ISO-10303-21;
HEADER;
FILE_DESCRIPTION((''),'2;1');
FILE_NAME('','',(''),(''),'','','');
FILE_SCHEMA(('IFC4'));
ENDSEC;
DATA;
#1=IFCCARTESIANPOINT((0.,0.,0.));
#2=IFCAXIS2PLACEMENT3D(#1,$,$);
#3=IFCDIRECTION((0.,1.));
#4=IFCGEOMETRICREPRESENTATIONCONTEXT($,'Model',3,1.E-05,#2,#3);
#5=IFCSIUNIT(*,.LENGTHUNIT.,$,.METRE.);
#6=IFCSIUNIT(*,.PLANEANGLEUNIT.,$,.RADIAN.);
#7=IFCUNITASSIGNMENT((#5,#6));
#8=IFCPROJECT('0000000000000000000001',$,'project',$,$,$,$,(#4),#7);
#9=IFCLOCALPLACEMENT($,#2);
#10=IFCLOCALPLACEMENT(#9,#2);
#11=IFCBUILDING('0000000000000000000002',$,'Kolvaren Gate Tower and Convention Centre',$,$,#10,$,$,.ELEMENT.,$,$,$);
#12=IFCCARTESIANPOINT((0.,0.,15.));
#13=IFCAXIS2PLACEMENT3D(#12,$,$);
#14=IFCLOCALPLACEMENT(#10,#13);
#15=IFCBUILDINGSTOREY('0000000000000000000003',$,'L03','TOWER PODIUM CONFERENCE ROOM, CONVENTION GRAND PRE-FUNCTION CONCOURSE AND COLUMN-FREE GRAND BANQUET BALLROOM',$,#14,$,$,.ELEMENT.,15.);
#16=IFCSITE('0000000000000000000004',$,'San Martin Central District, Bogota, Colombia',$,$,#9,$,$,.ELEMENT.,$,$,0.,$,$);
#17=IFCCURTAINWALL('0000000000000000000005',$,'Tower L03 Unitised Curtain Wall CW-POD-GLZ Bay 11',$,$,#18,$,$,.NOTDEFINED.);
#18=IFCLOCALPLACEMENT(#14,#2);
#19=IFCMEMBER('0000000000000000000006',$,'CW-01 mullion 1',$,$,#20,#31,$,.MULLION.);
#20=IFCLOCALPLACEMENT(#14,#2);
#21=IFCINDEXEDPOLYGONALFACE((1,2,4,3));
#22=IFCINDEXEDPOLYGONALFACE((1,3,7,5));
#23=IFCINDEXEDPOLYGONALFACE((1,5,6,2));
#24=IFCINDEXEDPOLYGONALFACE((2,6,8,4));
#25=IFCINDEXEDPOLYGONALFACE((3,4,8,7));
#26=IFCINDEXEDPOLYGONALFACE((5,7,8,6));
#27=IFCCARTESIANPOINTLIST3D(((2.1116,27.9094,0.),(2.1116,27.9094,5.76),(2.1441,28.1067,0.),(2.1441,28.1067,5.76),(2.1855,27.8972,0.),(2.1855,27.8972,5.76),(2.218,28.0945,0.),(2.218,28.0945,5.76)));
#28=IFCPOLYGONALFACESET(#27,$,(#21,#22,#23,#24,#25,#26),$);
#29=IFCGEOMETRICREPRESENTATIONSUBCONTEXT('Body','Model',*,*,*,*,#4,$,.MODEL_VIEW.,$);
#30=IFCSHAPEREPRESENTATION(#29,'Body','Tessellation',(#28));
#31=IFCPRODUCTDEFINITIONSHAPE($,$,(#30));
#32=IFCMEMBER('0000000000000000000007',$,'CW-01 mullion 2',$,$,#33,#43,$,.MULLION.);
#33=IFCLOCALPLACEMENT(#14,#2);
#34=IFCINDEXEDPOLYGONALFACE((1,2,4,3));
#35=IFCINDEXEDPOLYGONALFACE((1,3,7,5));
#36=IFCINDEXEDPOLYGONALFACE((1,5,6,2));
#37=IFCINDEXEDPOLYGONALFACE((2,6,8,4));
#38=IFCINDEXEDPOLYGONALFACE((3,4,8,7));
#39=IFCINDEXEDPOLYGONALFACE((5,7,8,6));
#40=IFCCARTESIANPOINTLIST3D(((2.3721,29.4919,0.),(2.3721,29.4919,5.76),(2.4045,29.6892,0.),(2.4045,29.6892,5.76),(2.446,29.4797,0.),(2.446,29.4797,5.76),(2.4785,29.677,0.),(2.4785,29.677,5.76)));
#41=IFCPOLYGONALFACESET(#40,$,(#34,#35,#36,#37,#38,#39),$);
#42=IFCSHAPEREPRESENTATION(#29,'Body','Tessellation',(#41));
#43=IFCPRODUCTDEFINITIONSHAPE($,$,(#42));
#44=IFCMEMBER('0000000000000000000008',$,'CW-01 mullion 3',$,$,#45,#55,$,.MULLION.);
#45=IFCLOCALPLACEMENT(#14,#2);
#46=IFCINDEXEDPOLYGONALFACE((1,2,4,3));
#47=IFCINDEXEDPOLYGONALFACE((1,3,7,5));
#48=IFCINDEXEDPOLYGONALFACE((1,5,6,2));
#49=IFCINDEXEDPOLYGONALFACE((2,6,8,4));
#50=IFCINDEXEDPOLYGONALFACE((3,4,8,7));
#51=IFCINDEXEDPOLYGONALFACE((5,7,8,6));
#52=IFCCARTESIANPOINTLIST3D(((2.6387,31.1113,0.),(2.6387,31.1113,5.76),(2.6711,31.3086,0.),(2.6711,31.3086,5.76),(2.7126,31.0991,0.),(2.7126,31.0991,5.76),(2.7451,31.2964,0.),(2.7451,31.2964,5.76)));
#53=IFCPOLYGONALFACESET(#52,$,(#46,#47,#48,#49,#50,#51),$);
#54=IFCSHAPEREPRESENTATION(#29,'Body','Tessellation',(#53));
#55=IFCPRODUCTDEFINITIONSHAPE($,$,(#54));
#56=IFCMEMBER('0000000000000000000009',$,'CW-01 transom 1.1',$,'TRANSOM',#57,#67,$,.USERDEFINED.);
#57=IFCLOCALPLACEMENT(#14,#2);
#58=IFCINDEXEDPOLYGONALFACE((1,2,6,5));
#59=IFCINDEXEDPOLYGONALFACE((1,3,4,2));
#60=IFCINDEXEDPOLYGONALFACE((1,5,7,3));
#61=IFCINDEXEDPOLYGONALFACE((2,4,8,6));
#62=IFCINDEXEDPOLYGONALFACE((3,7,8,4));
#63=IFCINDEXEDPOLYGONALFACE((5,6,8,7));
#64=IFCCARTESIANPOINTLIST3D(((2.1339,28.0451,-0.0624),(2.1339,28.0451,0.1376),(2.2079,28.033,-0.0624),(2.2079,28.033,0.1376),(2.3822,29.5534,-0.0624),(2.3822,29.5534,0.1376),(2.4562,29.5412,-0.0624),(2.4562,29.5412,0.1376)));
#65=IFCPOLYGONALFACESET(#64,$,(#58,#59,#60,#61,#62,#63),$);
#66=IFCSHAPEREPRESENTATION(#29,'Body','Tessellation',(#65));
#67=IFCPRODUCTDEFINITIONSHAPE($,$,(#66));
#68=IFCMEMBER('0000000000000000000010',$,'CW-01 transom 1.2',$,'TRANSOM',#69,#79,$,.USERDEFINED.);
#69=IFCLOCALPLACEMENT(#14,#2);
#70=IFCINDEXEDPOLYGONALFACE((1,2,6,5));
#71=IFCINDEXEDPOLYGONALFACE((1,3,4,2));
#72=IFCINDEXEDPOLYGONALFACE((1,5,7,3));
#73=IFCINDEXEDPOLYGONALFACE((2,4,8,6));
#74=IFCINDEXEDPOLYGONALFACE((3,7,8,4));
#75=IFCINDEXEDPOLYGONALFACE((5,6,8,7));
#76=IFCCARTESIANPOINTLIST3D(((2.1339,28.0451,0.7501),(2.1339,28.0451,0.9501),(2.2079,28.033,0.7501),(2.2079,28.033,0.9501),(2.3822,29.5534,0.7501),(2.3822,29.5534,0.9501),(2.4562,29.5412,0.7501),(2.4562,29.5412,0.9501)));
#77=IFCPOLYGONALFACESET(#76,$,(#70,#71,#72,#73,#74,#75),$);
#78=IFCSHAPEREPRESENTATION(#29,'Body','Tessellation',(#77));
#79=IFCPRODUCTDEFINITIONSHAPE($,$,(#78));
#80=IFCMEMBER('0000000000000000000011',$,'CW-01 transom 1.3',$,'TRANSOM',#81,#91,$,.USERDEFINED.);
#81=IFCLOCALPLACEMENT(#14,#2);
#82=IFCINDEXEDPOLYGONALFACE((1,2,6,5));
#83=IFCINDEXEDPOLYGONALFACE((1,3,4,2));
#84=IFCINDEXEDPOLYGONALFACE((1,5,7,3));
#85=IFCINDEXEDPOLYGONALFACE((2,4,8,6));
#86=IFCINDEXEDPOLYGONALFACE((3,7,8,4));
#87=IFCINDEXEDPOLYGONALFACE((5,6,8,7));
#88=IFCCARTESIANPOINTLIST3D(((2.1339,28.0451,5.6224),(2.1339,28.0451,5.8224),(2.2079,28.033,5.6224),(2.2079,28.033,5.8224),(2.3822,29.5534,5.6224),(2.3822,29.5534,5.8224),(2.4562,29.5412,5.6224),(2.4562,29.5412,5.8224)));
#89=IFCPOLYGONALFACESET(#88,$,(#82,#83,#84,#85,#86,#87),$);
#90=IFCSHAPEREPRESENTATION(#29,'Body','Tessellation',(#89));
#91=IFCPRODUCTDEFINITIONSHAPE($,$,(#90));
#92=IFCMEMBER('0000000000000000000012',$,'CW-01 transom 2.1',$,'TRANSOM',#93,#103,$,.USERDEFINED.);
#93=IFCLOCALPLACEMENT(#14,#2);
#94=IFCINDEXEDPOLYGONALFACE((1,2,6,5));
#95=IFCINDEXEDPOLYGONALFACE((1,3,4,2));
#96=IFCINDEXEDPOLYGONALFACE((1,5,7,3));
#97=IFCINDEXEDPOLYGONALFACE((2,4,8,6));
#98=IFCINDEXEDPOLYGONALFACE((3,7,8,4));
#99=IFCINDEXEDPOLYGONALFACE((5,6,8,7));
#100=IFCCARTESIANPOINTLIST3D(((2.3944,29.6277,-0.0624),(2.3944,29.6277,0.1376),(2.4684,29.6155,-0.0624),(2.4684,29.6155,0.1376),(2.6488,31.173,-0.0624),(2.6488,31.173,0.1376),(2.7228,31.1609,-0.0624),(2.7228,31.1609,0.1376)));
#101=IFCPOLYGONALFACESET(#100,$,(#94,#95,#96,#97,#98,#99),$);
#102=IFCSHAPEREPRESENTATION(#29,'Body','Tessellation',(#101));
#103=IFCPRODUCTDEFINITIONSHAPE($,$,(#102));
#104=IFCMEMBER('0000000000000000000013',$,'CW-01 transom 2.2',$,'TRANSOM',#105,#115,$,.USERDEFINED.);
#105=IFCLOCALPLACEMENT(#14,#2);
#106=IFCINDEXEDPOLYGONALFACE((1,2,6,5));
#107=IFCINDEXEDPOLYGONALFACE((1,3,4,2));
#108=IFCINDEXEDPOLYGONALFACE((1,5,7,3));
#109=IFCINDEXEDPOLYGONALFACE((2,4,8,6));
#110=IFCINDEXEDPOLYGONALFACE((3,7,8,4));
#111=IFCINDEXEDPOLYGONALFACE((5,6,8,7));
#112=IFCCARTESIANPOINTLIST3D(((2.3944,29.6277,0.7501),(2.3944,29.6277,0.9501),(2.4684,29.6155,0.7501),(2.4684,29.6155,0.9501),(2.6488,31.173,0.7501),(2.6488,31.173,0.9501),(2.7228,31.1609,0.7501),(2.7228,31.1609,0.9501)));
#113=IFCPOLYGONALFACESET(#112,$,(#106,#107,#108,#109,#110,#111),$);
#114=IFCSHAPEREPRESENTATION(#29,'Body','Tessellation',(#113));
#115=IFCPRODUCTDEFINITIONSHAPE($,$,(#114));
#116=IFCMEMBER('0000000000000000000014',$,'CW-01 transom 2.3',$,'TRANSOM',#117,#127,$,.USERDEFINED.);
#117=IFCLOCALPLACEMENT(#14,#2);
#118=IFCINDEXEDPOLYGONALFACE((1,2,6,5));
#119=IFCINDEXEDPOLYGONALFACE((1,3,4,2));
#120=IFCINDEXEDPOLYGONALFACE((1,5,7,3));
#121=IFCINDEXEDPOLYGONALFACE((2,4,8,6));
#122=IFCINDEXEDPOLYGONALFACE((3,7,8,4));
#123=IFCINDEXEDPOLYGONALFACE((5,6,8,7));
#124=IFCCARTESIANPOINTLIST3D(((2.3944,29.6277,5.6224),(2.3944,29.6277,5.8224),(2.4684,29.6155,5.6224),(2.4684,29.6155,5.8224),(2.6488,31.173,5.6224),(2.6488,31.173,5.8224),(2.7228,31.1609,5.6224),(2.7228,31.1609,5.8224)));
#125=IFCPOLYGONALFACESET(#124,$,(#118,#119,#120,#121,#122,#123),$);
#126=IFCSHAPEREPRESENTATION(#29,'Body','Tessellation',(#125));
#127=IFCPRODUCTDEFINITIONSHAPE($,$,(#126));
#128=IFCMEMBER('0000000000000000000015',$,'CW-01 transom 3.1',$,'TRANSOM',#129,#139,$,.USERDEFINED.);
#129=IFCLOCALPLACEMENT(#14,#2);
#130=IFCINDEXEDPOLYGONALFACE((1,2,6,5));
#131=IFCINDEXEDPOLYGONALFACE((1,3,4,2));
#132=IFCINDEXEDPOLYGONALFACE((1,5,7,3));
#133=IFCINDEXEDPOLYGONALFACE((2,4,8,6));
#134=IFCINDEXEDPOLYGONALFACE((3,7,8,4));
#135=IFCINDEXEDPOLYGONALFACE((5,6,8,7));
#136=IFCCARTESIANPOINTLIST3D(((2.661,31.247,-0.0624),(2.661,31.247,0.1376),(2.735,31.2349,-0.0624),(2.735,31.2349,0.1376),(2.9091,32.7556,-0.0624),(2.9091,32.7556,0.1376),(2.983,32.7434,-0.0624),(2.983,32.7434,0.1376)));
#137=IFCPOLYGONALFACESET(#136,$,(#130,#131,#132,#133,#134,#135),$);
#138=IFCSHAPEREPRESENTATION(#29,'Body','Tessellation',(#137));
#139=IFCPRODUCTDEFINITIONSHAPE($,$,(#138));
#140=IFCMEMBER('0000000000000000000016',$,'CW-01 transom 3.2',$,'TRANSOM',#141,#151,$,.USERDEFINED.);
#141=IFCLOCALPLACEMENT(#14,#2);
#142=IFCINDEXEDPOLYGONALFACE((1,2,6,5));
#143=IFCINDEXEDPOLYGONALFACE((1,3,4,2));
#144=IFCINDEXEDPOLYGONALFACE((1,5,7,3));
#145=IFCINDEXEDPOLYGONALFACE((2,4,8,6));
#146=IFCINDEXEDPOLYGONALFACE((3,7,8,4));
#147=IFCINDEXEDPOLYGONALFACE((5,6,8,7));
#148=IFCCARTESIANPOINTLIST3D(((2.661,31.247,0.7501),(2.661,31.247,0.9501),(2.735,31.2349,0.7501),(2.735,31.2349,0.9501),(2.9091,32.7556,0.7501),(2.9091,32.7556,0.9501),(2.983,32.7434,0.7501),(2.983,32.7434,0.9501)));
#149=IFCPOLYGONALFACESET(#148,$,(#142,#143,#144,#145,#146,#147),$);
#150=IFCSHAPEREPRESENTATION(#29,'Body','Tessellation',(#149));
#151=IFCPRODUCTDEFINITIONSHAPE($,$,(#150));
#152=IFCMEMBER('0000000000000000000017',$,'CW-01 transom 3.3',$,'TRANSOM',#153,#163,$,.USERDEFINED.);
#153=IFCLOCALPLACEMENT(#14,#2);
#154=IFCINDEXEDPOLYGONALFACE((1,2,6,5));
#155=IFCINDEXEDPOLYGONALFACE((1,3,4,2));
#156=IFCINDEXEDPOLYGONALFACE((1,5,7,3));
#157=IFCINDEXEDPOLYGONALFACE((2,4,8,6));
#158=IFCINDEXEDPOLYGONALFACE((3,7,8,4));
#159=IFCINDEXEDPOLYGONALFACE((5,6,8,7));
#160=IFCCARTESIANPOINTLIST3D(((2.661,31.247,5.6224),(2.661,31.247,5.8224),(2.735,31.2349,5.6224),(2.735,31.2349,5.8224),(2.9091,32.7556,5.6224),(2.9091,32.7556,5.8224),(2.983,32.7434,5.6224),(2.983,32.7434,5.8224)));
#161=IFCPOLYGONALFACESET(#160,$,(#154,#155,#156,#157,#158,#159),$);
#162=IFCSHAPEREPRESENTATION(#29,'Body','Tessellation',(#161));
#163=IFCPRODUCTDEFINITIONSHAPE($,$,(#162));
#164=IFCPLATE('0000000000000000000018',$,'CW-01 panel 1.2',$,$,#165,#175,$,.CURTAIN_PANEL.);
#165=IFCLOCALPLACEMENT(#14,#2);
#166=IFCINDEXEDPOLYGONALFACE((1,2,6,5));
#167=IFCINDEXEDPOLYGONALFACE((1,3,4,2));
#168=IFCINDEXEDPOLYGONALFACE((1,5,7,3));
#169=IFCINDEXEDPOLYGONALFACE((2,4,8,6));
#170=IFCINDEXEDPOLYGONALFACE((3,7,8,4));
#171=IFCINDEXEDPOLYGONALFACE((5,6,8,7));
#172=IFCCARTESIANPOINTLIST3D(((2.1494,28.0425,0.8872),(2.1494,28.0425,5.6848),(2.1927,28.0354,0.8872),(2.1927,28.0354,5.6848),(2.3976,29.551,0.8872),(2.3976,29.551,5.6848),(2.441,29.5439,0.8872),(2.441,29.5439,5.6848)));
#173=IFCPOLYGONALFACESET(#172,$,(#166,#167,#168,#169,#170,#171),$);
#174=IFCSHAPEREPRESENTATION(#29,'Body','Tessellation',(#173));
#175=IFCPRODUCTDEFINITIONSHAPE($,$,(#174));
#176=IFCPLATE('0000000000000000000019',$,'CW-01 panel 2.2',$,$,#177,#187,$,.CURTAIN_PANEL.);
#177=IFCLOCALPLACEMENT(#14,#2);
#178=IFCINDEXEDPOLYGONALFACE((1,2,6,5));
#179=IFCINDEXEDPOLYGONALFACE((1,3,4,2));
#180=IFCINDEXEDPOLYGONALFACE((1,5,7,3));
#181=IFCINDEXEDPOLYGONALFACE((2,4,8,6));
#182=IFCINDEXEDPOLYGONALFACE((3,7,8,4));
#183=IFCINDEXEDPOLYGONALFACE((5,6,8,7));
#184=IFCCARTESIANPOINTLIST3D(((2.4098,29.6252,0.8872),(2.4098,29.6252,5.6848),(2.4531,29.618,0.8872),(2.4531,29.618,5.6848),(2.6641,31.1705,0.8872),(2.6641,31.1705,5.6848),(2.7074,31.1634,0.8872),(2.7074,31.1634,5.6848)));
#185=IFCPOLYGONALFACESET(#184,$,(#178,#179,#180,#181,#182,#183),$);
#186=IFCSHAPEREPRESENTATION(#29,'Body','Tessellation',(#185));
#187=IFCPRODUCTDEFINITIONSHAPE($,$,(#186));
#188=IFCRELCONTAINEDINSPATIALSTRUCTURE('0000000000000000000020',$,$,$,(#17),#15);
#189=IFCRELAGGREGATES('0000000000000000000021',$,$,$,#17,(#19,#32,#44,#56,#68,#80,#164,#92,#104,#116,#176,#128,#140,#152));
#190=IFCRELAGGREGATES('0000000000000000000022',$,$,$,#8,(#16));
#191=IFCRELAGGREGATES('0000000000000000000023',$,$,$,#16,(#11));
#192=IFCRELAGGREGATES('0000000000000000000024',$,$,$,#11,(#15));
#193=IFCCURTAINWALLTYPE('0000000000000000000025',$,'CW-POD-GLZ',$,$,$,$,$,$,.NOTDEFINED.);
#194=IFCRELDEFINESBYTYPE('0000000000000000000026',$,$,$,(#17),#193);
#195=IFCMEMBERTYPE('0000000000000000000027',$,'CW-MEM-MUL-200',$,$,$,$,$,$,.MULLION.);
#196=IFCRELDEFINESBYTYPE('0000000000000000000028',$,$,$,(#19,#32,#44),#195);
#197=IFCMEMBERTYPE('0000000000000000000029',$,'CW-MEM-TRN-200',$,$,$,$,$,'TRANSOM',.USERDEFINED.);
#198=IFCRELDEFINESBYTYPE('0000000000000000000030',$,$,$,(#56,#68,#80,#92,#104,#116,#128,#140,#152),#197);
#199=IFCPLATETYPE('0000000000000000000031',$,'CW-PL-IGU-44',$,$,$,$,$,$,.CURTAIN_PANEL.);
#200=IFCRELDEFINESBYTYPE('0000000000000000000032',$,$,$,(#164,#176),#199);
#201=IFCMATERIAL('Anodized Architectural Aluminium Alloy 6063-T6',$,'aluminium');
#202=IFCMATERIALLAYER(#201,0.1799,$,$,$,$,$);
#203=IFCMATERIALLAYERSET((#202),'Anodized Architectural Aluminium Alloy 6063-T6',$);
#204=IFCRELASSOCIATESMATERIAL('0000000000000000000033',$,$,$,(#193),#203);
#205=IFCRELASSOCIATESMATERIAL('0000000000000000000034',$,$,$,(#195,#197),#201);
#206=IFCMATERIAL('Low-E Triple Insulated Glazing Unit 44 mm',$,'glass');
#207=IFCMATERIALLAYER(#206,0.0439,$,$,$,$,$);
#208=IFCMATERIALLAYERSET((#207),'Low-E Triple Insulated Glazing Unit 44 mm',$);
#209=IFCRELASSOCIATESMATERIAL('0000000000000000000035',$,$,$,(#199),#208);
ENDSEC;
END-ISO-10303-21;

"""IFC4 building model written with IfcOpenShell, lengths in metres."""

from ifc_helpers import new_model, si_unit, direction, frame, origin, origin_2d, place, context, subcontext, project, spatial, rectangle, extrude, material, layer, layer_set, material_profile, profile_set, type_object, element, aggregate, save


model = new_model("IFC4")

# Units and contexts
model_context = context("Model", 3, precision=1e-05, world=origin(), true_north=direction((0.0, 1.0)))
body_context = subcontext(model_context, "Body", "Model", "MODEL_VIEW")
ifc_project = project(units=[si_unit("LENGTHUNIT", "METRE"), si_unit("PLANEANGLEUNIT", "RADIAN")], contexts=[model_context])

# Site, building, storey
site_placement = place(None, origin())
site = spatial("IfcSite", under=ifc_project, at=site_placement, Name="San Martin Central District, Bogota, Colombia", CompositionType="ELEMENT", RefElevation=0.0)
building_placement = place(site_placement, origin())
building = spatial("IfcBuilding", under=site, at=building_placement, Name="Kolvaren Gate Tower and Convention Centre", CompositionType="ELEMENT")
storey_placement = place(building_placement, frame((0.0, 0.0, 15.0)))
storey = spatial("IfcBuildingStorey", under=building, at=storey_placement, Name="L03", Description="TOWER PODIUM CONFERENCE ROOM, CONVENTION GRAND PRE-FUNCTION CONCOURSE AND COLUMN-FREE GRAND BANQUET BALLROOM", CompositionType="ELEMENT", Elevation=15.0)

# Curtain wall, members, plates
ifc_material_1 = material(Name="Anodized Architectural Aluminium Alloy 6063-T6", Category="aluminium")
ifc_layer_1 = layer(ifc_material_1, 0.1799)
ifc_layer_set_1 = layer_set([ifc_layer_1], Name="Anodized Architectural Aluminium Alloy 6063-T6")
curtain_wall_type = type_object("IfcCurtainWallType", Name="CW-POD-GLZ", PredefinedType="NOTDEFINED", material=ifc_layer_set_1)
curtain_wall_placement = place(storey_placement, origin())
curtain_wall = element("IfcCurtainWall", 1, at=curtain_wall_placement, inside=storey, type_object=curtain_wall_type, Name="Tower L03 Unitised Curtain Wall CW-POD-GLZ Bay 11", PredefinedType="NOTDEFINED")
ifc_material_profile_1 = material_profile(ifc_material_1, rectangle(XDim=0.075, YDim=0.2, at=origin_2d()), Name="CW-MEM-MUL-200")
ifc_profile_set_1 = profile_set([ifc_material_profile_1], Name="Anodized Architectural Aluminium Alloy 6063-T6")
member_type_1 = type_object("IfcMemberType", Name="CW-MEM-MUL-200", PredefinedType="MULLION", material=ifc_profile_set_1)
member_1_placement = place(storey_placement, frame((2.1648, 28.002, 0.0), z_axis=(0.0, 0.0, 1.0), x_axis=(-0.986729, 0.162376, 0.0)))
member_1 = element("IfcMember", 2, at=member_1_placement, type_object=member_type_1, Name="CW-01 mullion 1", PredefinedType="MULLION", context=body_context, shape_type="SweptSolid", body=[
    extrude(rectangle(XDim=0.075, YDim=0.2, at=origin_2d()), origin(), (0.0, 0.0, 1.0), 5.76),
])
member_2_placement = place(storey_placement, frame((2.4253, 29.5845, 0.0), z_axis=(0.0, 0.0, 1.0), x_axis=(-0.986729, 0.162376, 0.0)))
member_2 = element("IfcMember", 3, at=member_2_placement, type_object=member_type_1, Name="CW-01 mullion 2", PredefinedType="MULLION", context=body_context, shape_type="SweptSolid", body=[
    extrude(rectangle(XDim=0.075, YDim=0.2, at=origin_2d()), origin(), (0.0, 0.0, 1.0), 5.76),
])
member_3_placement = place(storey_placement, frame((2.6919, 31.2039, 0.0), z_axis=(0.0, 0.0, 1.0), x_axis=(-0.986729, 0.162376, 0.0)))
member_3 = element("IfcMember", 4, at=member_3_placement, type_object=member_type_1, Name="CW-01 mullion 3", PredefinedType="MULLION", context=body_context, shape_type="SweptSolid", body=[
    extrude(rectangle(XDim=0.075, YDim=0.2, at=origin_2d()), origin(), (0.0, 0.0, 1.0), 5.76),
])
ifc_material_profile_2 = material_profile(ifc_material_1, rectangle(XDim=0.075, YDim=0.2, at=origin_2d()), Name="CW-MEM-TRN-200")
ifc_profile_set_2 = profile_set([ifc_material_profile_2], Name="Anodized Architectural Aluminium Alloy 6063-T6")
member_type_2 = type_object("IfcMemberType", Name="CW-MEM-TRN-200", ElementType="TRANSOM", PredefinedType="USERDEFINED", material=ifc_profile_set_2)
member_4_placement = place(storey_placement, frame((2.1709, 28.0391, 0.0376), z_axis=(0.16243, 0.98672, 0.0), x_axis=(-0.98672, 0.16243, 0.0)))
member_4 = element("IfcMember", 5, at=member_4_placement, type_object=member_type_2, Name="CW-01 transom 1.1", ObjectType="TRANSOM", PredefinedType="USERDEFINED", context=body_context, shape_type="SweptSolid", body=[
    extrude(rectangle(XDim=0.075, YDim=0.2, at=origin_2d()), origin(), (0.0, 0.0, 1.0), 1.5286),
])
member_5_placement = place(storey_placement, frame((2.1709, 28.0391, 0.8501), z_axis=(0.16243, 0.98672, 0.0), x_axis=(-0.98672, 0.16243, 0.0)))
member_5 = element("IfcMember", 6, at=member_5_placement, type_object=member_type_2, Name="CW-01 transom 1.2", ObjectType="TRANSOM", PredefinedType="USERDEFINED", context=body_context, shape_type="SweptSolid", body=[
    extrude(rectangle(XDim=0.075, YDim=0.2, at=origin_2d()), origin(), (0.0, 0.0, 1.0), 1.5286),
])
member_6_placement = place(storey_placement, frame((2.1709, 28.0391, 5.7224), z_axis=(0.16243, 0.98672, 0.0), x_axis=(-0.98672, 0.16243, 0.0)))
member_6 = element("IfcMember", 7, at=member_6_placement, type_object=member_type_2, Name="CW-01 transom 1.3", ObjectType="TRANSOM", PredefinedType="USERDEFINED", context=body_context, shape_type="SweptSolid", body=[
    extrude(rectangle(XDim=0.075, YDim=0.2, at=origin_2d()), origin(), (0.0, 0.0, 1.0), 1.5286),
])
member_7_placement = place(storey_placement, frame((2.4314, 29.6216, 0.0376), z_axis=(0.162427, 0.986721, 0.0), x_axis=(-0.986721, 0.162427, 0.0)))
member_7 = element("IfcMember", 8, at=member_7_placement, type_object=member_type_2, Name="CW-01 transom 2.1", ObjectType="TRANSOM", PredefinedType="USERDEFINED", context=body_context, shape_type="SweptSolid", body=[
    extrude(rectangle(XDim=0.075, YDim=0.2, at=origin_2d()), origin(), (0.0, 0.0, 1.0), 1.5662),
])
member_8_placement = place(storey_placement, frame((2.4314, 29.6216, 0.8501), z_axis=(0.162427, 0.986721, 0.0), x_axis=(-0.986721, 0.162427, 0.0)))
member_8 = element("IfcMember", 9, at=member_8_placement, type_object=member_type_2, Name="CW-01 transom 2.2", ObjectType="TRANSOM", PredefinedType="USERDEFINED", context=body_context, shape_type="SweptSolid", body=[
    extrude(rectangle(XDim=0.075, YDim=0.2, at=origin_2d()), origin(), (0.0, 0.0, 1.0), 1.5662),
])
member_9_placement = place(storey_placement, frame((2.4314, 29.6216, 5.7224), z_axis=(0.162427, 0.986721, 0.0), x_axis=(-0.986721, 0.162427, 0.0)))
member_9 = element("IfcMember", 10, at=member_9_placement, type_object=member_type_2, Name="CW-01 transom 2.3", ObjectType="TRANSOM", PredefinedType="USERDEFINED", context=body_context, shape_type="SweptSolid", body=[
    extrude(rectangle(XDim=0.075, YDim=0.2, at=origin_2d()), origin(), (0.0, 0.0, 1.0), 1.5662),
])
member_10_placement = place(storey_placement, frame((2.698, 31.241, 0.0376), z_axis=(0.162249, 0.98675, 0.0), x_axis=(-0.98675, 0.162249, 0.0)))
member_10 = element("IfcMember", 11, at=member_10_placement, type_object=member_type_2, Name="CW-01 transom 3.1", ObjectType="TRANSOM", PredefinedType="USERDEFINED", context=body_context, shape_type="SweptSolid", body=[
    extrude(rectangle(XDim=0.075, YDim=0.2, at=origin_2d()), origin(), (0.0, 0.0, 1.0), 1.5288),
])
member_11_placement = place(storey_placement, frame((2.698, 31.241, 0.8501), z_axis=(0.162249, 0.98675, 0.0), x_axis=(-0.98675, 0.162249, 0.0)))
member_11 = element("IfcMember", 12, at=member_11_placement, type_object=member_type_2, Name="CW-01 transom 3.2", ObjectType="TRANSOM", PredefinedType="USERDEFINED", context=body_context, shape_type="SweptSolid", body=[
    extrude(rectangle(XDim=0.075, YDim=0.2, at=origin_2d()), origin(), (0.0, 0.0, 1.0), 1.5288),
])
member_12_placement = place(storey_placement, frame((2.698, 31.241, 5.7224), z_axis=(0.162249, 0.98675, 0.0), x_axis=(-0.98675, 0.162249, 0.0)))
member_12 = element("IfcMember", 13, at=member_12_placement, type_object=member_type_2, Name="CW-01 transom 3.3", ObjectType="TRANSOM", PredefinedType="USERDEFINED", context=body_context, shape_type="SweptSolid", body=[
    extrude(rectangle(XDim=0.075, YDim=0.2, at=origin_2d()), origin(), (0.0, 0.0, 1.0), 1.5288),
])
ifc_material_2 = material(Name="Low-E Triple Insulated Glazing Unit 44 mm", Category="glass")
ifc_layer_2 = layer(ifc_material_2, 0.0439)
ifc_layer_set_2 = layer_set([ifc_layer_2], Name="Low-E Triple Insulated Glazing Unit 44 mm")
plate_type_1 = type_object("IfcPlateType", Name="CW-PL-IGU-44", PredefinedType="CURTAIN_PANEL", material=ifc_layer_set_2)
plate_1_placement = place(storey_placement, frame((2.2952, 28.7932, 0.8872), z_axis=(0.0, 0.0, 1.0), x_axis=(0.162376, 0.986729, 0.0)))
plate_1 = element("IfcPlate", 14, at=plate_1_placement, type_object=plate_type_1, Name="CW-01 panel 1.2", PredefinedType="CURTAIN_PANEL", context=body_context, shape_type="SweptSolid", body=[
    extrude(rectangle(XDim=1.5288, YDim=0.0439, at=origin_2d()), origin(), (0.0, 0.0, 1.0), 4.7976),
])
plate_2_placement = place(storey_placement, frame((2.5586, 30.3943, 0.8872), z_axis=(0.0, 0.0, 1.0), x_axis=(0.162376, 0.986729, 0.0)))
plate_2 = element("IfcPlate", 15, at=plate_2_placement, type_object=plate_type_1, Name="CW-01 panel 2.2", PredefinedType="CURTAIN_PANEL", context=body_context, shape_type="SweptSolid", body=[
    extrude(rectangle(XDim=1.5662, YDim=0.0439, at=origin_2d()), origin(), (0.0, 0.0, 1.0), 4.7976),
])
aggregate(curtain_wall, [member_1, member_2, member_3, member_4, member_5, member_6, plate_1, member_7, member_8, member_9, plate_2, member_10, member_11, member_12])

save(model, "model.ifc")
